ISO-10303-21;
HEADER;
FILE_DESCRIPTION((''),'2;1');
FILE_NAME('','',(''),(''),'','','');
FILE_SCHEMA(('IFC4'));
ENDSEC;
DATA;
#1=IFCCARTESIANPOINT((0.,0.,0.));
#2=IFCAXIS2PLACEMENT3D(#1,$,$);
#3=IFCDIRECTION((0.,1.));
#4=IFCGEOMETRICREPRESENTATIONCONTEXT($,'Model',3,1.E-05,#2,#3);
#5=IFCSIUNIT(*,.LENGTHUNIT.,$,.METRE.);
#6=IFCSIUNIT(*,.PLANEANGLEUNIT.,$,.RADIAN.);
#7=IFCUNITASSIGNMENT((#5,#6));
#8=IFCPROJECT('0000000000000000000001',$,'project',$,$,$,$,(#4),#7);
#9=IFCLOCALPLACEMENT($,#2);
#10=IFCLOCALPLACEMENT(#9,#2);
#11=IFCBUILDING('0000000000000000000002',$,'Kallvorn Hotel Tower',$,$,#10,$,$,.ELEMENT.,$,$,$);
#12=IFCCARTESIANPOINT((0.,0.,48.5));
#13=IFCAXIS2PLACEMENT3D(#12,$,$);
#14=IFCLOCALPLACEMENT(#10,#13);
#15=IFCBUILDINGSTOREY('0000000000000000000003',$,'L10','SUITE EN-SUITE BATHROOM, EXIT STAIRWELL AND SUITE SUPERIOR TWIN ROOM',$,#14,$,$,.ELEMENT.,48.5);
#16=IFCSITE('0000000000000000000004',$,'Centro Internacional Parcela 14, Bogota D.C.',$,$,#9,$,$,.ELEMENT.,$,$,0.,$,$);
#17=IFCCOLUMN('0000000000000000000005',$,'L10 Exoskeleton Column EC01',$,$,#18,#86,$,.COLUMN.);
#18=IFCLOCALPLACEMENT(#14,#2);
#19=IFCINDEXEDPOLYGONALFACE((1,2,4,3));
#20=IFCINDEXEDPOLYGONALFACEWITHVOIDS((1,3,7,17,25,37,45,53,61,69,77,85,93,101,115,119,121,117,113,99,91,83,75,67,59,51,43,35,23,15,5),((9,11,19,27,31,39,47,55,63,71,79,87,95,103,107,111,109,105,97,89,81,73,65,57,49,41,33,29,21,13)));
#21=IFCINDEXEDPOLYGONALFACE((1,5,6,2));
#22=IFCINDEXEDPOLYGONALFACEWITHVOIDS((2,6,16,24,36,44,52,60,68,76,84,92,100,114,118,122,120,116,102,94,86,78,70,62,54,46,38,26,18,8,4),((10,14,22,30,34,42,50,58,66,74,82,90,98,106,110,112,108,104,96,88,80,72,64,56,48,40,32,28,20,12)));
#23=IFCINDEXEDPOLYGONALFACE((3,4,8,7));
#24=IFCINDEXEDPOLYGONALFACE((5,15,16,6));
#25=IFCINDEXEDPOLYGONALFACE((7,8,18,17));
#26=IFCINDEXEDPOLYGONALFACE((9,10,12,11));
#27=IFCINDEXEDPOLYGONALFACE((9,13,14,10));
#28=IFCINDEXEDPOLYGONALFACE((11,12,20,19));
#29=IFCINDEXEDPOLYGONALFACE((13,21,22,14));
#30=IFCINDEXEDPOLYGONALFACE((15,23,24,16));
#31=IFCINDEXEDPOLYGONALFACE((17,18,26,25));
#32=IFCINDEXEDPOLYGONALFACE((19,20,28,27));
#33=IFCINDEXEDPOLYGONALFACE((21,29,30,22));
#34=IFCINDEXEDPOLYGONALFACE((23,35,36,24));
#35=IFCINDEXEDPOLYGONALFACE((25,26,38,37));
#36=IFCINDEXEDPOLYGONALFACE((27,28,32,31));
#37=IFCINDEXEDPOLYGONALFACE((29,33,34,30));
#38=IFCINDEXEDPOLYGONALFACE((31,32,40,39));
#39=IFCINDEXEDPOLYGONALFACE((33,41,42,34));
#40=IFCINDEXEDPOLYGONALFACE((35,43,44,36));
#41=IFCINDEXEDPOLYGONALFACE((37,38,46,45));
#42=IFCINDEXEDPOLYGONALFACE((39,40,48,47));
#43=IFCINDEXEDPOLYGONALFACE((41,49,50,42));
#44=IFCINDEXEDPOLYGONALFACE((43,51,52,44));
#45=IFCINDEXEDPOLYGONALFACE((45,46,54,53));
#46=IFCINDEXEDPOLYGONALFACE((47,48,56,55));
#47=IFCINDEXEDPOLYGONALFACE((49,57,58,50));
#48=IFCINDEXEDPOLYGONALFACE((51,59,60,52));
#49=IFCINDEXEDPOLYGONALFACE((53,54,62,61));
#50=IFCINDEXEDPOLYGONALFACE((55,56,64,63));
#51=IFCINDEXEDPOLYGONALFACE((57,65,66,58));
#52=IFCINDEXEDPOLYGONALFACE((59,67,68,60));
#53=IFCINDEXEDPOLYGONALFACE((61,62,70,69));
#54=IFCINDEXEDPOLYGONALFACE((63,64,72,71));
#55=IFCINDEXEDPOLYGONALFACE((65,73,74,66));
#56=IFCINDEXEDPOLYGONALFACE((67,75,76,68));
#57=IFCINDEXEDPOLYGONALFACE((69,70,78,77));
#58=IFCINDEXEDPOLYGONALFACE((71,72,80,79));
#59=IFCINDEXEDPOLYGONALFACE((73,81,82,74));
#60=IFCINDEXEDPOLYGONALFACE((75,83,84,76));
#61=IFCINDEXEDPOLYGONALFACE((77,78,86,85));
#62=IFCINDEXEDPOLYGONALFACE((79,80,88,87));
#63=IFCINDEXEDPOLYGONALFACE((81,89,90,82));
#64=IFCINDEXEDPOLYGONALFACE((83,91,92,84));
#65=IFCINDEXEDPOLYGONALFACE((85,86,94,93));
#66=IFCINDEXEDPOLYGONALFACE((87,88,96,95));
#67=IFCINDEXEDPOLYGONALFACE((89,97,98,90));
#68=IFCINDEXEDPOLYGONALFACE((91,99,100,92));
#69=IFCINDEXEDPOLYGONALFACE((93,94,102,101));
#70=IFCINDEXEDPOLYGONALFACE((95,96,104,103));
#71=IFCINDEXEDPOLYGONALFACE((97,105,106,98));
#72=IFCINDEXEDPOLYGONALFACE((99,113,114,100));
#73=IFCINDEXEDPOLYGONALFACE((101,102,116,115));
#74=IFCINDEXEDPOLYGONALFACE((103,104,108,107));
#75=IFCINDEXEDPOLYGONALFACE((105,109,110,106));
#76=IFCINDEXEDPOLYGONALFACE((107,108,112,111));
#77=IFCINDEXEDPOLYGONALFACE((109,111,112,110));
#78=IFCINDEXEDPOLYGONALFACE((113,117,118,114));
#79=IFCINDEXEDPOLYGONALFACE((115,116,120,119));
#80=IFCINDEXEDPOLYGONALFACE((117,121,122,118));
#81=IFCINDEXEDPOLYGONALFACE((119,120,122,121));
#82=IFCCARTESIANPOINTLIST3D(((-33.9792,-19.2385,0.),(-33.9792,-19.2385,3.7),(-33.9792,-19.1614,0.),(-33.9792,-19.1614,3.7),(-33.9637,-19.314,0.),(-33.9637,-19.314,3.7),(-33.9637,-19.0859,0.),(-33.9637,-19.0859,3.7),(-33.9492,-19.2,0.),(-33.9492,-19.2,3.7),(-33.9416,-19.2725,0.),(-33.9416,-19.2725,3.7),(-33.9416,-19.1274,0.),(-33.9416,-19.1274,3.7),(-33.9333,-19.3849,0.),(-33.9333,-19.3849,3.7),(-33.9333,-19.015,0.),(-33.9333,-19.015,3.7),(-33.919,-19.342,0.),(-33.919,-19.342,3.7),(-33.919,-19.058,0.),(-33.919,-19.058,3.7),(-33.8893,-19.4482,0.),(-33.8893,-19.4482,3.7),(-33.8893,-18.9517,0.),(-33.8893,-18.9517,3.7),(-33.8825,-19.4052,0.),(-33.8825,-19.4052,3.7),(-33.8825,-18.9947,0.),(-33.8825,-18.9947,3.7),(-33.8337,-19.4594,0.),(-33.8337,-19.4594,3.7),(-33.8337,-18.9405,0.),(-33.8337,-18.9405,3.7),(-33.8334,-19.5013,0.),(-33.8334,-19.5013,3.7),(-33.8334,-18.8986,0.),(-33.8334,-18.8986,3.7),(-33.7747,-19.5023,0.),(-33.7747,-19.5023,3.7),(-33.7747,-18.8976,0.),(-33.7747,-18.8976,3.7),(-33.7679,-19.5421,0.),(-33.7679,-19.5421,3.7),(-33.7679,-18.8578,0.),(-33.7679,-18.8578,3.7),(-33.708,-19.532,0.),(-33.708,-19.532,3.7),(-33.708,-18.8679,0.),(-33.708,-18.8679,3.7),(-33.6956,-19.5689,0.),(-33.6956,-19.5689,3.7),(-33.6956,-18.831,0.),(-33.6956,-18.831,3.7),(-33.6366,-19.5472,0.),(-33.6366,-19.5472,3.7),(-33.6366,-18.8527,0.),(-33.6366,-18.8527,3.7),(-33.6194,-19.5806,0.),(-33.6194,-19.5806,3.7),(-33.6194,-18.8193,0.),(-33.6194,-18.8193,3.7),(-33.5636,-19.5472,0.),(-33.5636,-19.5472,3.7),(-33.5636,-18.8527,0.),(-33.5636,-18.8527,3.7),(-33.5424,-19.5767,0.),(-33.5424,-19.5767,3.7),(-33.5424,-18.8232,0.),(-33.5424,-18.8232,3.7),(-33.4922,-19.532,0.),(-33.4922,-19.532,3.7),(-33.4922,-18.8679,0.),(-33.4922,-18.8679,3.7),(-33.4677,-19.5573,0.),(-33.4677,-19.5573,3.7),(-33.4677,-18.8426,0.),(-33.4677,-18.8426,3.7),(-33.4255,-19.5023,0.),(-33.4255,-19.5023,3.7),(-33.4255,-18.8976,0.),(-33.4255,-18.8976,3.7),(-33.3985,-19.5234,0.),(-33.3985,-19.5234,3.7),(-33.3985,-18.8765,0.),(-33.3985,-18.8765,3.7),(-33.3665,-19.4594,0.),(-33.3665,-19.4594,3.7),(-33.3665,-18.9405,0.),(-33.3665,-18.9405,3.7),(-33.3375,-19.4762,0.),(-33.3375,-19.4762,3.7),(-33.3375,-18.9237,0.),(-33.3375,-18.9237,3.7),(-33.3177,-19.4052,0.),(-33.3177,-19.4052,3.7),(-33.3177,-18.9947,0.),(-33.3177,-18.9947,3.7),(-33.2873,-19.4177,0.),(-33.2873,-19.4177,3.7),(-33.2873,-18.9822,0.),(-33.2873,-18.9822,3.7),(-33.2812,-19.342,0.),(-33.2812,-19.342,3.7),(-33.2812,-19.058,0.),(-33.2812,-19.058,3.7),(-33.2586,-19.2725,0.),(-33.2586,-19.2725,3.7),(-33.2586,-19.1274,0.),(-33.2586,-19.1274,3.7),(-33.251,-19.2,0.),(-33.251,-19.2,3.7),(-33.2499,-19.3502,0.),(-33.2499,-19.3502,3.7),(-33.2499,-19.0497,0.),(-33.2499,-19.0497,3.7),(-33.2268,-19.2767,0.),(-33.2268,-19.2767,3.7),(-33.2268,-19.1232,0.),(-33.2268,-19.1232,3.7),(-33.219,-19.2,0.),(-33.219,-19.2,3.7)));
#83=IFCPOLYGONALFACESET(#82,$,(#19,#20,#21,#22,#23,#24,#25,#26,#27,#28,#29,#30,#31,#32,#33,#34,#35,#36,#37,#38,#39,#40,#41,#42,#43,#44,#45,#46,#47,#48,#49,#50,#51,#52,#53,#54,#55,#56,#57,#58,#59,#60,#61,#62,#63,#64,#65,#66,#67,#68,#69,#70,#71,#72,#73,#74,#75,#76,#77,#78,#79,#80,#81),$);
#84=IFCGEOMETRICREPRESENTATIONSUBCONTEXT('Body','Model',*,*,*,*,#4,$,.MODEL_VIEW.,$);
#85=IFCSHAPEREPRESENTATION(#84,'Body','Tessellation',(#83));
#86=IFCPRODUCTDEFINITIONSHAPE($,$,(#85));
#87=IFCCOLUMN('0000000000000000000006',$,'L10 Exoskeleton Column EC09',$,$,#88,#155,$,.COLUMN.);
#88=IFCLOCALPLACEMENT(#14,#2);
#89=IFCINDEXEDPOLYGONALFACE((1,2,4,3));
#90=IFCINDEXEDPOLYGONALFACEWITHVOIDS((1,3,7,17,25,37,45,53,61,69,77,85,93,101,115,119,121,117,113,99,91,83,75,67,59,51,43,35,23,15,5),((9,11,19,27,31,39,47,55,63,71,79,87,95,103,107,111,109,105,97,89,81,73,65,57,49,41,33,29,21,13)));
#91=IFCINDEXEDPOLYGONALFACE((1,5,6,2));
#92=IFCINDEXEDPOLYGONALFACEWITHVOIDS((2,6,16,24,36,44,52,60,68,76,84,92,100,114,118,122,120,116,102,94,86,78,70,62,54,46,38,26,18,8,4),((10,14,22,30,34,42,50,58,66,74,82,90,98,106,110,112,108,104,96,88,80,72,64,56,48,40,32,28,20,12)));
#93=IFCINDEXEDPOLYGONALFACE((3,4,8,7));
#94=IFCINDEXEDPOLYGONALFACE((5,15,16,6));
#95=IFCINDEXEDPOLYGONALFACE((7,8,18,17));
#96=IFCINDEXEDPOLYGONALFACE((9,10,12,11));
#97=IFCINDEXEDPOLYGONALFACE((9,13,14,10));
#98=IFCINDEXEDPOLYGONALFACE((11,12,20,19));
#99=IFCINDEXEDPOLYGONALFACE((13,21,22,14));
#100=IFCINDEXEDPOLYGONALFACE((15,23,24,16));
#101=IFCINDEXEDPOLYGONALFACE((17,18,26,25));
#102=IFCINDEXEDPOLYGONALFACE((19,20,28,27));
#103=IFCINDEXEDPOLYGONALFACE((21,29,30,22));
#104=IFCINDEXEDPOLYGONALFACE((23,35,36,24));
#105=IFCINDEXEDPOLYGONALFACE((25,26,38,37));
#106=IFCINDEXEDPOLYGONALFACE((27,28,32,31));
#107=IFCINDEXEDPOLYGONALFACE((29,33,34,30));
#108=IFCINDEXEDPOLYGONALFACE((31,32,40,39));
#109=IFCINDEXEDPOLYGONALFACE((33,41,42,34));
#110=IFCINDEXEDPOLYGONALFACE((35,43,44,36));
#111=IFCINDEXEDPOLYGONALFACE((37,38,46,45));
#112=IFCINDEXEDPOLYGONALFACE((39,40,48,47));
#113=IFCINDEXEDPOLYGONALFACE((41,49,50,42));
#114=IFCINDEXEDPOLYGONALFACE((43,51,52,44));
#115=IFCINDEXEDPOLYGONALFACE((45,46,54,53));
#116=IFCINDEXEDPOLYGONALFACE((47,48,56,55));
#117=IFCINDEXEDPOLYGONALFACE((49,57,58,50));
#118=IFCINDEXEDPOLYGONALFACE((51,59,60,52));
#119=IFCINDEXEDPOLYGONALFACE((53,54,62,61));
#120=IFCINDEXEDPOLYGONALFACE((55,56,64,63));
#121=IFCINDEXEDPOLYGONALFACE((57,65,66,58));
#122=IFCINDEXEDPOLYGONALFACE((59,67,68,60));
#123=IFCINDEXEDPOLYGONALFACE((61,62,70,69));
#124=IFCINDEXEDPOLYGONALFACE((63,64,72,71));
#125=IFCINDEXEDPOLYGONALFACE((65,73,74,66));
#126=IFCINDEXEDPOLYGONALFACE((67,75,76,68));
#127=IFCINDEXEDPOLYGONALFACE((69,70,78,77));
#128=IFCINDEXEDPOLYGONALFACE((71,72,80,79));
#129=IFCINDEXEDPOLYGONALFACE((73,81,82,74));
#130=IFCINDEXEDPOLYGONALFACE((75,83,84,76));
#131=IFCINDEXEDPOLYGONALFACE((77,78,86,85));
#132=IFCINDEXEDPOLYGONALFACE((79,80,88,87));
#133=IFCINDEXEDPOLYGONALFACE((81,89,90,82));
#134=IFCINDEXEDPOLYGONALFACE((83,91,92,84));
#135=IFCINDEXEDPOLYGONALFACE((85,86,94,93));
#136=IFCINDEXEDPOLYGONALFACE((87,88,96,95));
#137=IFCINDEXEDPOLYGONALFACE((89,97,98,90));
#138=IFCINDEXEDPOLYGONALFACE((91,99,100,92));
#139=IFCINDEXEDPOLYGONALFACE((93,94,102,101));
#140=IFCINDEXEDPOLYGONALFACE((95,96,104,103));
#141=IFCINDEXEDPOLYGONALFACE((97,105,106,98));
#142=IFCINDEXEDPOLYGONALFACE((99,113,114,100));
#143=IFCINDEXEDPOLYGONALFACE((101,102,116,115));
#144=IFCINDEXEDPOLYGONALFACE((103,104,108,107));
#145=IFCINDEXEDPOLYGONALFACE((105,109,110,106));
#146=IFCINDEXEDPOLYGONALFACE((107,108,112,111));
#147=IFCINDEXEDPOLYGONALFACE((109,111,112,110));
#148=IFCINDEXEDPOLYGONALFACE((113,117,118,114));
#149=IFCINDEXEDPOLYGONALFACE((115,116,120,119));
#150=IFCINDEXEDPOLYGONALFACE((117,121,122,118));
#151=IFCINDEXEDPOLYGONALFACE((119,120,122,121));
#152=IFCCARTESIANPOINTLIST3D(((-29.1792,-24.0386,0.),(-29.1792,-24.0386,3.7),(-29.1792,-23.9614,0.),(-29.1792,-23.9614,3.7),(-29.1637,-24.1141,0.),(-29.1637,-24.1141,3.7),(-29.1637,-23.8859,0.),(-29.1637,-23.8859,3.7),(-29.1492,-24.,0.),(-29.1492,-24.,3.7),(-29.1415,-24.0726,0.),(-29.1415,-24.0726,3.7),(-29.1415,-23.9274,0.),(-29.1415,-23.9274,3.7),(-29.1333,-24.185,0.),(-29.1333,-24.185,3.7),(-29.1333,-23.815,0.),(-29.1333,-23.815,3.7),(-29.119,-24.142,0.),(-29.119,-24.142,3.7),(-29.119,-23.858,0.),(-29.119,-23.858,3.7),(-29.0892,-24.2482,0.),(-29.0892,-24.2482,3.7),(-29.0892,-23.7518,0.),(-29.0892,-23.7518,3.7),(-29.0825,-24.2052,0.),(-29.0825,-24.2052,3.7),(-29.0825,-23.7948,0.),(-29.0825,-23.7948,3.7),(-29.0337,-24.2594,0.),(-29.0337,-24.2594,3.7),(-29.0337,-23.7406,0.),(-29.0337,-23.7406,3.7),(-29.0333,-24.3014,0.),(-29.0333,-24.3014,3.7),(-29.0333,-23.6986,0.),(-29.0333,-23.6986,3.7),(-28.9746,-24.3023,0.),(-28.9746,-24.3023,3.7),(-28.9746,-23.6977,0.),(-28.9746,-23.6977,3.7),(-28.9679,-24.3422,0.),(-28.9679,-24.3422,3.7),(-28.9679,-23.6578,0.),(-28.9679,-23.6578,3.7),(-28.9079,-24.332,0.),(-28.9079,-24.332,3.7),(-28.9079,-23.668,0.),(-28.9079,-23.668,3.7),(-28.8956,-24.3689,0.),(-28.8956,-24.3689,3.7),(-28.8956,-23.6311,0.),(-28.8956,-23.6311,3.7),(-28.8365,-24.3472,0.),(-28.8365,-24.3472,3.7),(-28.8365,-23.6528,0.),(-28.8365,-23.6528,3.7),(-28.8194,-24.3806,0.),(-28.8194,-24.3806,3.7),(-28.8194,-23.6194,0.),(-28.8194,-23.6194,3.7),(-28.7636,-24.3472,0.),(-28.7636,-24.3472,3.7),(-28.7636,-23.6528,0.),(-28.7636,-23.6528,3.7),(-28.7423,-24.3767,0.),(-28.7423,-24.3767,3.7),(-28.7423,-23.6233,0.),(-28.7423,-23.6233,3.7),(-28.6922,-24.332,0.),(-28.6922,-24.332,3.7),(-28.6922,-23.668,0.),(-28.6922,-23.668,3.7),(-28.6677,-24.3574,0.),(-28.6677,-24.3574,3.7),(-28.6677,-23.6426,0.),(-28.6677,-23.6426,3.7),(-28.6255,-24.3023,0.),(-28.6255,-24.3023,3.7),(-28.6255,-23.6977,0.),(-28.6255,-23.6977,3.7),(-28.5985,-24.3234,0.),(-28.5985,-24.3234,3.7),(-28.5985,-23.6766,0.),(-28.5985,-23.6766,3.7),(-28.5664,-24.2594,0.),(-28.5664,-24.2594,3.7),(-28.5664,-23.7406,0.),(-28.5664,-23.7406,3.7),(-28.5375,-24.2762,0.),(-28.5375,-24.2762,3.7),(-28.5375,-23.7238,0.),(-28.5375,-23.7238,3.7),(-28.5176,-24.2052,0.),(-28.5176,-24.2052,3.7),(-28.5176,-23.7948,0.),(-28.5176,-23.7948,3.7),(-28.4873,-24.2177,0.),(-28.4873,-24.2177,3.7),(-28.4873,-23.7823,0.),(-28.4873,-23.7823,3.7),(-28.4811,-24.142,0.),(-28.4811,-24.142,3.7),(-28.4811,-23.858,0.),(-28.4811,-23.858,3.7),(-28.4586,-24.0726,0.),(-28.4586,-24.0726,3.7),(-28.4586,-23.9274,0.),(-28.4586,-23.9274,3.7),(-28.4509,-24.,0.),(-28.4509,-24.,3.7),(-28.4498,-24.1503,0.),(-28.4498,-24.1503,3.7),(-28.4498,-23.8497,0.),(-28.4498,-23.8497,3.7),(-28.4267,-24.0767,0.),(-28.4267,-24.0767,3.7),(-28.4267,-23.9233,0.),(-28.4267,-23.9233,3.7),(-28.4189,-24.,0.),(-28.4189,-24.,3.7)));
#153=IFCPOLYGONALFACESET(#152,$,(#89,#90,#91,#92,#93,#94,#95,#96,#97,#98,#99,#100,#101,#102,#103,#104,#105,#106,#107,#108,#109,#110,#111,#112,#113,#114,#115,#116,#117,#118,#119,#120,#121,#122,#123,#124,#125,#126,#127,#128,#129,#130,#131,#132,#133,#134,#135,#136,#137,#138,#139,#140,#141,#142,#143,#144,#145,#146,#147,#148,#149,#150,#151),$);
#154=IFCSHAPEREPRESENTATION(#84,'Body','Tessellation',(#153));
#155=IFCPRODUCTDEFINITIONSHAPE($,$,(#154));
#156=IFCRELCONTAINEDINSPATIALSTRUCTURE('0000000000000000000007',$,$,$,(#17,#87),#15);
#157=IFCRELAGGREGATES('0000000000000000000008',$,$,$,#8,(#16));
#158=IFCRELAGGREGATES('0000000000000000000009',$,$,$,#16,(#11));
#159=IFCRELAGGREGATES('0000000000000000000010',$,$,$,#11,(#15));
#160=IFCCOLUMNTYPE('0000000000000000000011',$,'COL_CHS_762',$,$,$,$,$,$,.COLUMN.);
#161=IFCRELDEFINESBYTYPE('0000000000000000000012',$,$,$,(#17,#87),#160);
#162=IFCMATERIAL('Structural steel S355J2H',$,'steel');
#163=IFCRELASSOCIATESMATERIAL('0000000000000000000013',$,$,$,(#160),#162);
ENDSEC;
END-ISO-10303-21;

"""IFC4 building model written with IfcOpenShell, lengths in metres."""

from ifc_helpers import new_model, si_unit, direction, frame, origin, origin_2d, place, context, subcontext, project, spatial, hollow_circle, extrude, material, material_profile, profile_set, type_object, element, save


model = new_model("IFC4")

# Units and contexts
model_context = context("Model", 3, precision=1e-05, world=origin(), true_north=direction((0.0, 1.0)))
body_context = subcontext(model_context, "Body", "Model", "MODEL_VIEW")
ifc_project = project(units=[si_unit("LENGTHUNIT", "METRE"), si_unit("PLANEANGLEUNIT", "RADIAN")], contexts=[model_context])

# Site, building, storey
site_placement = place(None, origin())
site = spatial("IfcSite", under=ifc_project, at=site_placement, Name="Centro Internacional Parcela 14, Bogota D.C.", CompositionType="ELEMENT", RefElevation=0.0)
building_placement = place(site_placement, origin())
building = spatial("IfcBuilding", under=site, at=building_placement, Name="Kallvorn Hotel Tower", CompositionType="ELEMENT")
storey_placement = place(building_placement, frame((0.0, 0.0, 48.5)))
storey = spatial("IfcBuildingStorey", under=building, at=storey_placement, Name="L10", Description="SUITE EN-SUITE BATHROOM, EXIT STAIRWELL AND SUITE SUPERIOR TWIN ROOM", CompositionType="ELEMENT", Elevation=48.5)

# Columns
ifc_material_1 = material(Name="Structural steel S355J2H", Category="steel")
ifc_material_profile_1 = material_profile(ifc_material_1, hollow_circle(Radius=0.3811, WallThickness=0.032, at=origin_2d()), Name="CHS 762x32")
ifc_profile_set_1 = profile_set([ifc_material_profile_1], Name="Structural steel S355J2H")
column_type = type_object("IfcColumnType", Name="COL_CHS_762", PredefinedType="COLUMN", material=ifc_profile_set_1)
for number, where, z_axis, x_axis, name in (
    (1, (-33.6001, -19.2, 0.0), (0.0, 0.0, 1.0), (1.0, 0.0, 0.0), "L10 Exoskeleton Column EC01"),
    (2, (-28.8, -24.0, 0.0), (0.0, 0.0, 1.0), (1.0, 0.0, 0.0), "L10 Exoskeleton Column EC09"),
):
    element("IfcColumn", number, at=place(storey_placement, frame(where, z_axis=z_axis, x_axis=x_axis)), inside=storey, type_object=column_type, Name=name, PredefinedType="COLUMN", context=body_context, shape_type="SweptSolid", body=[
        extrude(hollow_circle(Radius=0.3811, WallThickness=0.032, at=origin_2d()), origin(), (0.0, 0.0, 1.0), 3.7),
    ])

save(model, "model.ifc")
